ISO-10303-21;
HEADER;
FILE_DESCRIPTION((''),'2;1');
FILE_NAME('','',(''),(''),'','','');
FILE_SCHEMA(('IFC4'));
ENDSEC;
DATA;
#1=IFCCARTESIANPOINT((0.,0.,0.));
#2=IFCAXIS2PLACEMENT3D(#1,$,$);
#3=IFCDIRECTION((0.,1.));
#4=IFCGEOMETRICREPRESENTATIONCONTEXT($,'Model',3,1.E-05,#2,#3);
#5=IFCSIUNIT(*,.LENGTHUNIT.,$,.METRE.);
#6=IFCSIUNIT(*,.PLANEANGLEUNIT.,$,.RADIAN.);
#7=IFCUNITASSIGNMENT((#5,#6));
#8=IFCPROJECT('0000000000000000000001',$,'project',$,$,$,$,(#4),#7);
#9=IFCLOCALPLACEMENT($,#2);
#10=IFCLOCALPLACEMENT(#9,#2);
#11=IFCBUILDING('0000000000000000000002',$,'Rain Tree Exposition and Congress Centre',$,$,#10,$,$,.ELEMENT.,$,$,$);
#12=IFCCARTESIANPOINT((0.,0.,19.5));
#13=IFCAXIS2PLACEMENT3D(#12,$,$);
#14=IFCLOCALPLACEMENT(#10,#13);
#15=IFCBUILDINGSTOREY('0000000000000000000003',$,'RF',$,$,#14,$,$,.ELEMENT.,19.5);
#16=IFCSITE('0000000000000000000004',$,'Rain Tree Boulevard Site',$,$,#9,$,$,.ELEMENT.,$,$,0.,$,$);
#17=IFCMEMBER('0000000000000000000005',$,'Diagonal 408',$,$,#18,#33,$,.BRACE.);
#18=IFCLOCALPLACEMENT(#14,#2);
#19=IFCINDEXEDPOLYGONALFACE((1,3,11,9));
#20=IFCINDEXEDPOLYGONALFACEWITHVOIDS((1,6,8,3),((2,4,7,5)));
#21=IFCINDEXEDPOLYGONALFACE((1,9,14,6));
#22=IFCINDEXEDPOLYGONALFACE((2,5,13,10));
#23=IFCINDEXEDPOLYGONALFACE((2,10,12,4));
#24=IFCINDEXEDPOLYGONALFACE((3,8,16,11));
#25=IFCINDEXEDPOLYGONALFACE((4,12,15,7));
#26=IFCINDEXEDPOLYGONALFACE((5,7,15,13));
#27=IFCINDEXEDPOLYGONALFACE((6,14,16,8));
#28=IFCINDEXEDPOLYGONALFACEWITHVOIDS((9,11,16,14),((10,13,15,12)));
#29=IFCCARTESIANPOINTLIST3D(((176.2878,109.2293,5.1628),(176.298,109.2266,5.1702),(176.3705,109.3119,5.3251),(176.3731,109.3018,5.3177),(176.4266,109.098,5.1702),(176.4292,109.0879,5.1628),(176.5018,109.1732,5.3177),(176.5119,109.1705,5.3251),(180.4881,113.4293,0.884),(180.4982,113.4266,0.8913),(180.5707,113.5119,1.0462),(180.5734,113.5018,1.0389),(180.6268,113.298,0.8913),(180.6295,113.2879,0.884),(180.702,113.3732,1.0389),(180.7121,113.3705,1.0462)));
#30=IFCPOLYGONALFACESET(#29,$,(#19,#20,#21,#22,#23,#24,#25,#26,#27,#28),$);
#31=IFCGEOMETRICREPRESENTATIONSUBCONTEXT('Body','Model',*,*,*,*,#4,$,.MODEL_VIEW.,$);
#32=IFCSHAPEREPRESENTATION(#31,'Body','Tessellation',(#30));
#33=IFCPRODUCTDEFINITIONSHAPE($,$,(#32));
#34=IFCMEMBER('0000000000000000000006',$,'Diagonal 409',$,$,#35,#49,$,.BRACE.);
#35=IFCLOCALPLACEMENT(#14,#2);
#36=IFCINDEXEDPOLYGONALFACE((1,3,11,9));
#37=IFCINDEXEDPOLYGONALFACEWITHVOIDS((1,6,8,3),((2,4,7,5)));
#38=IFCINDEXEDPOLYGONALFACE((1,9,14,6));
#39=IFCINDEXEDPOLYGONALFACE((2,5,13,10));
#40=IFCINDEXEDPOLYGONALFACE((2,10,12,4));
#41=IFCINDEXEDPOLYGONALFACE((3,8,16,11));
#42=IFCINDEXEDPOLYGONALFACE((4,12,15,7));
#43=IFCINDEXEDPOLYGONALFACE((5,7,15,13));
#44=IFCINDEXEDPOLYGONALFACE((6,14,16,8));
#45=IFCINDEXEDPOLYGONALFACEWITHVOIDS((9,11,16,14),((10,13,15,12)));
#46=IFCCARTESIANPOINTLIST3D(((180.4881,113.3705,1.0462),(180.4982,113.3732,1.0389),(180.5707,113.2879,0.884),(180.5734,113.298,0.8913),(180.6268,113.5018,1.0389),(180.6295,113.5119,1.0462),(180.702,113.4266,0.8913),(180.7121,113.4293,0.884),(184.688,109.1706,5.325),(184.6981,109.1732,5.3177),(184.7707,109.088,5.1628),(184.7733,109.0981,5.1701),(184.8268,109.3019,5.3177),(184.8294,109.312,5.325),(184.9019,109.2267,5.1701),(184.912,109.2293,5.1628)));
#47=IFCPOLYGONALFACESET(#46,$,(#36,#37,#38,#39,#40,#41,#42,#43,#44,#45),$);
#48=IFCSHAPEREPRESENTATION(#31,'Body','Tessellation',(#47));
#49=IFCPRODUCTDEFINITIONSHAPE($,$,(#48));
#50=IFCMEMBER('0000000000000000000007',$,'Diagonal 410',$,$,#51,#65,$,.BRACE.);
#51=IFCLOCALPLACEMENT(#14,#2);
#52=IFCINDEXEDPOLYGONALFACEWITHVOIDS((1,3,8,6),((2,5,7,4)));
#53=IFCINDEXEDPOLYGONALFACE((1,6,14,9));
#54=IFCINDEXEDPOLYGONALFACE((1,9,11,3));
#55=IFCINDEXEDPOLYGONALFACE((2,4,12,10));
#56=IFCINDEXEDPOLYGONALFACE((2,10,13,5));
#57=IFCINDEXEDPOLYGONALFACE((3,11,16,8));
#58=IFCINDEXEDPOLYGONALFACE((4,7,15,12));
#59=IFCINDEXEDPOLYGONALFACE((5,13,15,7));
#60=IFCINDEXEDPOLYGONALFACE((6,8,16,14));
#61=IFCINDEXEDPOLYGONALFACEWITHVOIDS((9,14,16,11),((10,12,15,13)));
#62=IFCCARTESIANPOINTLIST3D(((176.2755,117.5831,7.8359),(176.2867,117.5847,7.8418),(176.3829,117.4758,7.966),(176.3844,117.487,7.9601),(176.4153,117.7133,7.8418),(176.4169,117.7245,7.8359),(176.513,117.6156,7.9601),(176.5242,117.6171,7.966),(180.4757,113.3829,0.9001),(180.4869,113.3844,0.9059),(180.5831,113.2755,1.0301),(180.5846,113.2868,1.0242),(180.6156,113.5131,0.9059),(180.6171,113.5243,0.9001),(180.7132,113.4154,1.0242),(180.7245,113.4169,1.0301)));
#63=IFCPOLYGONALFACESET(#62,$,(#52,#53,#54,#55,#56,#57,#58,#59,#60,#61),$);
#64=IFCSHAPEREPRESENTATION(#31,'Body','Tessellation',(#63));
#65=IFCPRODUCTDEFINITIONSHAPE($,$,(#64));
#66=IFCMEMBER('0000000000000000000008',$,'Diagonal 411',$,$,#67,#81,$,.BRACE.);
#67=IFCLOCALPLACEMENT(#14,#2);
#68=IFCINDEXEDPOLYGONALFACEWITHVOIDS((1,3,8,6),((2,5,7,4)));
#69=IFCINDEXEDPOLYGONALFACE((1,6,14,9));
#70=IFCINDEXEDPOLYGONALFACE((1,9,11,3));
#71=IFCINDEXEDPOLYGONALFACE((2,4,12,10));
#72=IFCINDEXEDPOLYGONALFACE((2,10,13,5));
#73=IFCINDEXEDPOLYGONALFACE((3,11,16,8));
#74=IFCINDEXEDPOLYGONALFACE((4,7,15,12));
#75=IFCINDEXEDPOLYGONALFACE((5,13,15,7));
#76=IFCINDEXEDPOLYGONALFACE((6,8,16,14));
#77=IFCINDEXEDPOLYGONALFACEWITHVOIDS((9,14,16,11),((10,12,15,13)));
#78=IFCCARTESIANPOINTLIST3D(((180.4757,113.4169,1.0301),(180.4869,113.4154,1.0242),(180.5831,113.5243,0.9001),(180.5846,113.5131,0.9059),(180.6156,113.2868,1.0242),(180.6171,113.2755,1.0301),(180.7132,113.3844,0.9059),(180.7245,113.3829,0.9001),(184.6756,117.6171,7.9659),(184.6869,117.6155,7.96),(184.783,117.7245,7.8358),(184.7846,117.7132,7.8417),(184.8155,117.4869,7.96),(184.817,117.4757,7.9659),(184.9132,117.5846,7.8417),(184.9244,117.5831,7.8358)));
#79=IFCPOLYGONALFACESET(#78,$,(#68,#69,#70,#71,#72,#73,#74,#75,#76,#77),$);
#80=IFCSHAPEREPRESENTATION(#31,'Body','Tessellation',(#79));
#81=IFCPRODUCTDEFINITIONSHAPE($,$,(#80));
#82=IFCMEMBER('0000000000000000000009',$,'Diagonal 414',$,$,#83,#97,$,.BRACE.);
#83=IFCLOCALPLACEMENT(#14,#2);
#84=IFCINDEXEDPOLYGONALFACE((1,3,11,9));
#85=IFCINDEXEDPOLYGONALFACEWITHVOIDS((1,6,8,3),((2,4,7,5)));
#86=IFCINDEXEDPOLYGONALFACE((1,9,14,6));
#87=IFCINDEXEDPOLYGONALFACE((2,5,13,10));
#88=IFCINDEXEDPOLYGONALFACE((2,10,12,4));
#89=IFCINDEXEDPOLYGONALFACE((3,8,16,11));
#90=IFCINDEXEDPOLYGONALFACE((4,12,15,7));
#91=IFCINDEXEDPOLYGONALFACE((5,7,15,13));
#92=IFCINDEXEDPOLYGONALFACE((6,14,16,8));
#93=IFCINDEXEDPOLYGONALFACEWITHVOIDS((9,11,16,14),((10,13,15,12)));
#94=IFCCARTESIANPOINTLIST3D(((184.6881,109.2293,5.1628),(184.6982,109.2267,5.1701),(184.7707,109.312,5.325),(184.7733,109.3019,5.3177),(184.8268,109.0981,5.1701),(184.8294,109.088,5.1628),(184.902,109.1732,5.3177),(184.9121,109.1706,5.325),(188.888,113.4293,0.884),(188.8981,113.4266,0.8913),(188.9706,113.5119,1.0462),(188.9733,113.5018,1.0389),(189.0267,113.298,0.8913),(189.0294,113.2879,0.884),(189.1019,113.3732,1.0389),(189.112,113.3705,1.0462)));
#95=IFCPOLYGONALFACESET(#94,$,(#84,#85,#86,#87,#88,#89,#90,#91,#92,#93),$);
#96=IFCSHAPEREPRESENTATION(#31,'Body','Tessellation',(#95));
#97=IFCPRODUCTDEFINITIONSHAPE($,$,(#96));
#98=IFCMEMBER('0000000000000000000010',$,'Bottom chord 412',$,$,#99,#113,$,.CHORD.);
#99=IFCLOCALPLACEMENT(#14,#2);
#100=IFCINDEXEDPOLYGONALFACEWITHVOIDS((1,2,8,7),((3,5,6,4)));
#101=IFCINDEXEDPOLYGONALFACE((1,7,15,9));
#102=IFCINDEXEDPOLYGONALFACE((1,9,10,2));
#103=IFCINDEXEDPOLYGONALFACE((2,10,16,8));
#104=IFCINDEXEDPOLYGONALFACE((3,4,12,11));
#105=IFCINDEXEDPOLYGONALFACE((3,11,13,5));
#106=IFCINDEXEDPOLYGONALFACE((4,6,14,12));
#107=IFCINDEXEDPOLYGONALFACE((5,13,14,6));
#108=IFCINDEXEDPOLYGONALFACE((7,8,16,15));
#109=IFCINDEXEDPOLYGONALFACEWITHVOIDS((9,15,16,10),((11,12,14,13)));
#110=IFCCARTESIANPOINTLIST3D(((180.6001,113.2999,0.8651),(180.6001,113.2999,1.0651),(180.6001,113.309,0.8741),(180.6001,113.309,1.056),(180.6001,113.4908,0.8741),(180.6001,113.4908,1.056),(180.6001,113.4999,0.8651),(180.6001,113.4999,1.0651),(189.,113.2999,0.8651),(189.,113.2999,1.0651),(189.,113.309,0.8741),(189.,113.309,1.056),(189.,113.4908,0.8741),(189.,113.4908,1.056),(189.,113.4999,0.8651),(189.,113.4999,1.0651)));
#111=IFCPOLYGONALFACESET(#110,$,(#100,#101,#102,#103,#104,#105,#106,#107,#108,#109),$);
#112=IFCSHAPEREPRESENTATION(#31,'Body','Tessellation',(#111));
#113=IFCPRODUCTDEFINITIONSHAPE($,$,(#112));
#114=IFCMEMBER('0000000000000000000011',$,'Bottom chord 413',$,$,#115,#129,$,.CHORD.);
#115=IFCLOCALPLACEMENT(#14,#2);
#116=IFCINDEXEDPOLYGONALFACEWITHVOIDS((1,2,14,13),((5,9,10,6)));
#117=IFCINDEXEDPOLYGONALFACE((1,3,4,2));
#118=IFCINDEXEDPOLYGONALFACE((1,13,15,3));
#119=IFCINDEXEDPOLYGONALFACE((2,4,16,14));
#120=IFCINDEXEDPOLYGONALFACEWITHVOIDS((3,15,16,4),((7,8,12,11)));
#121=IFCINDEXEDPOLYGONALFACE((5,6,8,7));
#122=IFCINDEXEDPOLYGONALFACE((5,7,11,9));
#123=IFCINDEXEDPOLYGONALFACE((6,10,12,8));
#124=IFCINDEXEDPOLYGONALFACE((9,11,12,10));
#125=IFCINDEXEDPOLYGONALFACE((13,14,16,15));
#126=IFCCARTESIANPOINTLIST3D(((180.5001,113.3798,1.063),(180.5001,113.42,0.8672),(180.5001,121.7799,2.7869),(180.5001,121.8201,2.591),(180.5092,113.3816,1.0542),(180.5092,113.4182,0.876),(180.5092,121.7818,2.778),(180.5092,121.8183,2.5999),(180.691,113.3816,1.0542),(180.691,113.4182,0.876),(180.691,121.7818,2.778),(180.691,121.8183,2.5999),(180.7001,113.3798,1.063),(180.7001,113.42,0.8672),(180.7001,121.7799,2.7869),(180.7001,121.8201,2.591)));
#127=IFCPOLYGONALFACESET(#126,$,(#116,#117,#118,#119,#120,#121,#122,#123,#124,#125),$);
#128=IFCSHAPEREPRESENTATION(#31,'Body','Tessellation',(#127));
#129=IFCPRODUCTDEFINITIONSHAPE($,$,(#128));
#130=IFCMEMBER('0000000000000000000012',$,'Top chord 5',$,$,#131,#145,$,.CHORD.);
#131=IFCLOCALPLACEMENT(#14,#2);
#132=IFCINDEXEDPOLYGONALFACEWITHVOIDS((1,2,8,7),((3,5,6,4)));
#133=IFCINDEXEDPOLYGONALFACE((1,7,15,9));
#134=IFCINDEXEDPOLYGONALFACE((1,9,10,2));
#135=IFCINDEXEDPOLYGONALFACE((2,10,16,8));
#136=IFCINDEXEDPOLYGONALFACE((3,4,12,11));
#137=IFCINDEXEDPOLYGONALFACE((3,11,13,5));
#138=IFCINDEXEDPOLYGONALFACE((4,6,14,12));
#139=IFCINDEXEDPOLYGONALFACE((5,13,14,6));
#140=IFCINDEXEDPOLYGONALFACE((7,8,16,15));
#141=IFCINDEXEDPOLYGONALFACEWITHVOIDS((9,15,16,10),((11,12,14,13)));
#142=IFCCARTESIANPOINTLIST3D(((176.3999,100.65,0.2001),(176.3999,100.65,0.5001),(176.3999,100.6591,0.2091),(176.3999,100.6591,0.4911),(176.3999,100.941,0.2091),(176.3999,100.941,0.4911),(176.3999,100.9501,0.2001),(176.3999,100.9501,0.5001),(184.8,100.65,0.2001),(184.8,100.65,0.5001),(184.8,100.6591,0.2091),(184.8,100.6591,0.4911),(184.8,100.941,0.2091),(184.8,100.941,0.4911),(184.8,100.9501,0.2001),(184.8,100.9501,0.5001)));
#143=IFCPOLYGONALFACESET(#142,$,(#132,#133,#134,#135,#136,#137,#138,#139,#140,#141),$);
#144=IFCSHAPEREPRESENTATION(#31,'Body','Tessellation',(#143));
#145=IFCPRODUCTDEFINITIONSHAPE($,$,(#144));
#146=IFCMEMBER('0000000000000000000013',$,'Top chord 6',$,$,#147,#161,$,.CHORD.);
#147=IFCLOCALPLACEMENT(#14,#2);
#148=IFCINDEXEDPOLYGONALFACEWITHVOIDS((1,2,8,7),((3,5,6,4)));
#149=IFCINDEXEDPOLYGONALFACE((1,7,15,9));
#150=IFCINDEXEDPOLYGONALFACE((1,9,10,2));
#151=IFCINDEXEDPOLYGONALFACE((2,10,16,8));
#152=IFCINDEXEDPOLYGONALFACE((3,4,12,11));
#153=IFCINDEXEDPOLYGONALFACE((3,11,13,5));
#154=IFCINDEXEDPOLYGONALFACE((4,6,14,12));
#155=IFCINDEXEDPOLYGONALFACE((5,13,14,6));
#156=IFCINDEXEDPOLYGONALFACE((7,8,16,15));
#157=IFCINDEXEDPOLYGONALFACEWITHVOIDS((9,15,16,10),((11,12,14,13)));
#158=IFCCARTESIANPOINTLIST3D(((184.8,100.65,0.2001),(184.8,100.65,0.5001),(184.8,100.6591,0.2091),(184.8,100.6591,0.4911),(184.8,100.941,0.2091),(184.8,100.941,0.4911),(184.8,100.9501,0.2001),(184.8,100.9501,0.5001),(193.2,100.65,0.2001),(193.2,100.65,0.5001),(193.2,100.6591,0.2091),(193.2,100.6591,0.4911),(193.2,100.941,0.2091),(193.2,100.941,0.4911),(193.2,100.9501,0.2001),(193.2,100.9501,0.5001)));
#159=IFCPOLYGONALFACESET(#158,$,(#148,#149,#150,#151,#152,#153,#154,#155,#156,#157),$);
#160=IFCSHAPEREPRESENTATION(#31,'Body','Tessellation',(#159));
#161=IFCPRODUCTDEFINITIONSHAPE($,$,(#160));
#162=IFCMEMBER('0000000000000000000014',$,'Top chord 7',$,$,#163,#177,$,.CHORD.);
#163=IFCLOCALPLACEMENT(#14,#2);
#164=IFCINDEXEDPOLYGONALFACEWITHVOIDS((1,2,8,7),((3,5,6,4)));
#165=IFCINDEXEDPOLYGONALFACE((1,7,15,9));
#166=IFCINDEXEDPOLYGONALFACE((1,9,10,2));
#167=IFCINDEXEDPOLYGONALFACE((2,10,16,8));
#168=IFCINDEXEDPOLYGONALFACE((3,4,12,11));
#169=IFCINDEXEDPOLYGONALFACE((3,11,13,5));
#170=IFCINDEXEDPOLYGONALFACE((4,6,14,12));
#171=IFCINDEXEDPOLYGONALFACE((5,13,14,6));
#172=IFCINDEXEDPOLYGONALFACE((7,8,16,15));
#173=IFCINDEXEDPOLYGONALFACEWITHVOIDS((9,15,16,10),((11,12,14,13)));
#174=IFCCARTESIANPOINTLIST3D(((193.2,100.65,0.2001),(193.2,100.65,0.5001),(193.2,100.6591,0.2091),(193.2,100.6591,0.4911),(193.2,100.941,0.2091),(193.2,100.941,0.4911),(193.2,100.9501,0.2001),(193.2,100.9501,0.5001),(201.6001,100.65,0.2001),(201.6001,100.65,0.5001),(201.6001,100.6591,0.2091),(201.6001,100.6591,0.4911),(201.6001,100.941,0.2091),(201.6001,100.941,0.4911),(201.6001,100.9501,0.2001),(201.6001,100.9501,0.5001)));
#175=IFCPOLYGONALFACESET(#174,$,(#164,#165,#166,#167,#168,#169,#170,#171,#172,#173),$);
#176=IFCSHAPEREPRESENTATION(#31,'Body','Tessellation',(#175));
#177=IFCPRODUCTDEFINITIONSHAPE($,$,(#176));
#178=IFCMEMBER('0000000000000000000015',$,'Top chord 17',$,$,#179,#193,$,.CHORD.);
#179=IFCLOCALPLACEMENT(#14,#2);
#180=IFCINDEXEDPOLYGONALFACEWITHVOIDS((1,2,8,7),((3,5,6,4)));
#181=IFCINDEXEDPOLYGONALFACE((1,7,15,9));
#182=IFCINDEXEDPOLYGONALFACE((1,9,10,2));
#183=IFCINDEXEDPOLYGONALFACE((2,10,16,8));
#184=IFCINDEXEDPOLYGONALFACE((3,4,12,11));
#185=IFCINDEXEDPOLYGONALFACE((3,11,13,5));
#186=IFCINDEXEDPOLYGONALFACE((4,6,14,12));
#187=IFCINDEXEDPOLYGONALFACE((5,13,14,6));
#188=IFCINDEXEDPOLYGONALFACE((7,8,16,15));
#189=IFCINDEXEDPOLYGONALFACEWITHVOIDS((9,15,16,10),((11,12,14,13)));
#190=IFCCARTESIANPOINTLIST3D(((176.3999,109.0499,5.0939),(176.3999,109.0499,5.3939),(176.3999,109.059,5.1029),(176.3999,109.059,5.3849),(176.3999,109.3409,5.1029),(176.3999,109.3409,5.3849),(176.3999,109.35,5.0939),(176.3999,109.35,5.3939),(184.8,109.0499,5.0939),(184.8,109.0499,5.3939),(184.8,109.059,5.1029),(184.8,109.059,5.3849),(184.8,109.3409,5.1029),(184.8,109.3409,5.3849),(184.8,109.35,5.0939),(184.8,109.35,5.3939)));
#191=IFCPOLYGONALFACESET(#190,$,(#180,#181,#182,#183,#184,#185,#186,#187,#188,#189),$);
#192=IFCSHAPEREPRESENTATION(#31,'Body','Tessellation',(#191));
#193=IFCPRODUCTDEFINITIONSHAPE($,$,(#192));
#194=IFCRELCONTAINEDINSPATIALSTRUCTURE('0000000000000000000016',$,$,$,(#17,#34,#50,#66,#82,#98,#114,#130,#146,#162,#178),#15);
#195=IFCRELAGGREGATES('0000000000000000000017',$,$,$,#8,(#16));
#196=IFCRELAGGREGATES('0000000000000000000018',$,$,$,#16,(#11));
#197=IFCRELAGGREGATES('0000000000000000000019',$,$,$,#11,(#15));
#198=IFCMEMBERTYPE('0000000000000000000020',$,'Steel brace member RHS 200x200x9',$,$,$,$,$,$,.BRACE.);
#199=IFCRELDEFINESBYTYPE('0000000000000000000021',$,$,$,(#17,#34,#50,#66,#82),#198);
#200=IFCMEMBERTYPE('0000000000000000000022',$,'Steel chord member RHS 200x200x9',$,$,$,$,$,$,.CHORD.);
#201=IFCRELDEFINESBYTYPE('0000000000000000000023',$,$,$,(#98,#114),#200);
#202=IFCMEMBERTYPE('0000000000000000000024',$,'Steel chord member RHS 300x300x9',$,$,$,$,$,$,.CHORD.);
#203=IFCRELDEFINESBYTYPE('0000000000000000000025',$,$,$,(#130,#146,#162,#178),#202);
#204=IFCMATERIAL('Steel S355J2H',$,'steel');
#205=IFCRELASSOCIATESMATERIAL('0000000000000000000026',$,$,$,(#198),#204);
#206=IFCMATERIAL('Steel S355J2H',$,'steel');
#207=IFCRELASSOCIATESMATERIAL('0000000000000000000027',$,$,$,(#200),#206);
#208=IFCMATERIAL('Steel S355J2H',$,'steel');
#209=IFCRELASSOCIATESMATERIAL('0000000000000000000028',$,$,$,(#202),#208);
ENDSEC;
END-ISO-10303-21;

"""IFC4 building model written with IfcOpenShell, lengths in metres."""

from ifc_helpers import new_model, si_unit, direction, frame, origin, origin_2d, place, context, subcontext, project, spatial, hollow_rectangle, extrude, material, material_profile, profile_set, type_object, element, save


model = new_model("IFC4")

# Units and contexts
model_context = context("Model", 3, precision=1e-05, world=origin(), true_north=direction((0.0, 1.0)))
body_context = subcontext(model_context, "Body", "Model", "MODEL_VIEW")
ifc_project = project(units=[si_unit("LENGTHUNIT", "METRE"), si_unit("PLANEANGLEUNIT", "RADIAN")], contexts=[model_context])

# Site, building, storey
site_placement = place(None, origin())
site = spatial("IfcSite", under=ifc_project, at=site_placement, Name="Rain Tree Boulevard Site", CompositionType="ELEMENT", RefElevation=0.0)
building_placement = place(site_placement, origin())
building = spatial("IfcBuilding", under=site, at=building_placement, Name="Rain Tree Exposition and Congress Centre", CompositionType="ELEMENT")
storey_placement = place(building_placement, frame((0.0, 0.0, 19.5)))
storey = spatial("IfcBuildingStorey", under=building, at=storey_placement, Name="RF", CompositionType="ELEMENT", Elevation=19.5)

# Members
ifc_material_1 = material(Name="Steel S355J2H", Category="steel")
ifc_material_profile_1 = material_profile(ifc_material_1, hollow_rectangle(XDim=0.2, YDim=0.2, WallThickness=0.009, at=origin_2d()), Name="RHS 200x200x9")
ifc_profile_set_1 = profile_set([ifc_material_profile_1], Name="Steel S355J2H")
member_type_1 = type_object("IfcMemberType", Name="Steel brace member RHS 200x200x9", PredefinedType="BRACE", material=ifc_profile_set_1)
member_1_placement = place(storey_placement, frame((180.6001, 113.3999, 0.9651), z_axis=(-0.57376, -0.573726, 0.584498), x_axis=(0.707086, -0.707127, 0.0)))
element("IfcMember", 1, at=member_1_placement, inside=storey, type_object=member_type_1, Name="Diagonal 408", PredefinedType="BRACE", context=body_context, shape_type="SweptSolid", body=[
    extrude(hollow_rectangle(XDim=0.2, YDim=0.2, WallThickness=0.009, at=origin_2d()), origin(), (0.0, 0.0, 1.0), 7.3206),
])
member_2_placement = place(storey_placement, frame((180.6001, 113.3999, 0.9651), z_axis=(0.573737, -0.573737, 0.58451), x_axis=(0.707107, 0.707107, 0.0)))
element("IfcMember", 2, at=member_2_placement, inside=storey, type_object=member_type_1, Name="Diagonal 409", PredefinedType="BRACE", context=body_context, shape_type="SweptSolid", body=[
    extrude(hollow_rectangle(XDim=0.2, YDim=0.2, WallThickness=0.009, at=origin_2d()), origin(), (0.0, 0.0, 1.0), 7.3203),
])
member_3_placement = place(storey_placement, frame((180.6001, 113.3999, 0.9651), z_axis=(-0.459956, 0.459956, 0.759527), x_axis=(-0.707107, -0.707107, 0.0)))
element("IfcMember", 3, at=member_3_placement, inside=storey, type_object=member_type_1, Name="Diagonal 410", PredefinedType="BRACE", context=body_context, shape_type="SweptSolid", body=[
    extrude(hollow_rectangle(XDim=0.2, YDim=0.2, WallThickness=0.009, at=origin_2d()), origin(), (0.0, 0.0, 1.0), 9.1318),
])
member_4_placement = place(storey_placement, frame((180.6001, 113.3999, 0.9651), z_axis=(0.459935, 0.459962, 0.759536), x_axis=(-0.707127, 0.707086, 0.0)))
element("IfcMember", 4, at=member_4_placement, inside=storey, type_object=member_type_1, Name="Diagonal 411", PredefinedType="BRACE", context=body_context, shape_type="SweptSolid", body=[
    extrude(hollow_rectangle(XDim=0.2, YDim=0.2, WallThickness=0.009, at=origin_2d()), origin(), (0.0, 0.0, 1.0), 9.1316),
])
member_5_placement = place(storey_placement, frame((189.0, 113.3999, 0.9651), z_axis=(-0.573737, -0.573737, 0.58451), x_axis=(0.707107, -0.707107, 0.0)))
element("IfcMember", 5, at=member_5_placement, inside=storey, type_object=member_type_1, Name="Diagonal 414", PredefinedType="BRACE", context=body_context, shape_type="SweptSolid", body=[
    extrude(hollow_rectangle(XDim=0.2, YDim=0.2, WallThickness=0.009, at=origin_2d()), origin(), (0.0, 0.0, 1.0), 7.3203),
])
ifc_material_2 = material(Name="Steel S355J2H", Category="steel")
ifc_material_profile_2 = material_profile(ifc_material_2, hollow_rectangle(XDim=0.2, YDim=0.2, WallThickness=0.009, at=origin_2d()), Name="RHS 200x200x9")
ifc_profile_set_2 = profile_set([ifc_material_profile_2], Name="Steel S355J2H")
member_type_2 = type_object("IfcMemberType", Name="Steel chord member RHS 200x200x9", PredefinedType="CHORD", material=ifc_profile_set_2)
member_6_placement = place(storey_placement, frame((180.6001, 113.3999, 0.9651), z_axis=(1.0, 0.0, 0.0), x_axis=(0.0, 1.0, 0.0)))
element("IfcMember", 6, at=member_6_placement, inside=storey, type_object=member_type_2, Name="Bottom chord 412", PredefinedType="CHORD", context=body_context, shape_type="SweptSolid", body=[
    extrude(hollow_rectangle(XDim=0.2, YDim=0.2, WallThickness=0.009, at=origin_2d()), origin(), (0.0, 0.0, 1.0), 8.3999),
])
member_7_placement = place(storey_placement, frame((180.6001, 113.3999, 0.9651), z_axis=(0.0, 0.979585, 0.20103), x_axis=(-1.0, 0.0, 0.0)))
element("IfcMember", 7, at=member_7_placement, inside=storey, type_object=member_type_2, Name="Bottom chord 413", PredefinedType="CHORD", context=body_context, shape_type="SweptSolid", body=[
    extrude(hollow_rectangle(XDim=0.2, YDim=0.2, WallThickness=0.009, at=origin_2d()), origin(), (0.0, 0.0, 1.0), 8.5752),
])
ifc_material_3 = material(Name="Steel S355J2H", Category="steel")
ifc_material_profile_3 = material_profile(ifc_material_3, hollow_rectangle(XDim=0.3, YDim=0.3, WallThickness=0.009, at=origin_2d()), Name="RHS 300x300x9")
ifc_profile_set_3 = profile_set([ifc_material_profile_3], Name="Steel S355J2H")
member_type_3 = type_object("IfcMemberType", Name="Steel chord member RHS 300x300x9", PredefinedType="CHORD", material=ifc_profile_set_3)
member_8_placement = place(storey_placement, frame((176.3999, 100.8, 0.3501), z_axis=(1.0, 0.0, 0.0), x_axis=(0.0, 1.0, 0.0)))
element("IfcMember", 8, at=member_8_placement, inside=storey, type_object=member_type_3, Name="Top chord 5", PredefinedType="CHORD", context=body_context, shape_type="SweptSolid", body=[
    extrude(hollow_rectangle(XDim=0.3, YDim=0.3, WallThickness=0.009, at=origin_2d()), origin(), (0.0, 0.0, 1.0), 8.4001),
])
member_9_placement = place(storey_placement, frame((184.8, 100.8, 0.3501), z_axis=(1.0, 0.0, 0.0), x_axis=(0.0, 1.0, 0.0)))
element("IfcMember", 9, at=member_9_placement, inside=storey, type_object=member_type_3, Name="Top chord 6", PredefinedType="CHORD", context=body_context, shape_type="SweptSolid", body=[
    extrude(hollow_rectangle(XDim=0.3, YDim=0.3, WallThickness=0.009, at=origin_2d()), origin(), (0.0, 0.0, 1.0), 8.3999),
])
for number, where, z_axis, x_axis, name in (
    (10, (193.2, 100.8, 0.3501), (1.0, 0.0, 0.0), (0.0, 1.0, 0.0), "Top chord 7"),
    (11, (176.3999, 109.2, 5.2439), (1.0, 0.0, 0.0), (0.0, 1.0, 0.0), "Top chord 17"),
):
    element("IfcMember", number, at=place(storey_placement, frame(where, z_axis=z_axis, x_axis=x_axis)), inside=storey, type_object=member_type_3, Name=name, PredefinedType="CHORD", context=body_context, shape_type="SweptSolid", body=[
        extrude(hollow_rectangle(XDim=0.3, YDim=0.3, WallThickness=0.009, at=origin_2d()), origin(), (0.0, 0.0, 1.0), 8.4001),
    ])

save(model, "model.ifc")
